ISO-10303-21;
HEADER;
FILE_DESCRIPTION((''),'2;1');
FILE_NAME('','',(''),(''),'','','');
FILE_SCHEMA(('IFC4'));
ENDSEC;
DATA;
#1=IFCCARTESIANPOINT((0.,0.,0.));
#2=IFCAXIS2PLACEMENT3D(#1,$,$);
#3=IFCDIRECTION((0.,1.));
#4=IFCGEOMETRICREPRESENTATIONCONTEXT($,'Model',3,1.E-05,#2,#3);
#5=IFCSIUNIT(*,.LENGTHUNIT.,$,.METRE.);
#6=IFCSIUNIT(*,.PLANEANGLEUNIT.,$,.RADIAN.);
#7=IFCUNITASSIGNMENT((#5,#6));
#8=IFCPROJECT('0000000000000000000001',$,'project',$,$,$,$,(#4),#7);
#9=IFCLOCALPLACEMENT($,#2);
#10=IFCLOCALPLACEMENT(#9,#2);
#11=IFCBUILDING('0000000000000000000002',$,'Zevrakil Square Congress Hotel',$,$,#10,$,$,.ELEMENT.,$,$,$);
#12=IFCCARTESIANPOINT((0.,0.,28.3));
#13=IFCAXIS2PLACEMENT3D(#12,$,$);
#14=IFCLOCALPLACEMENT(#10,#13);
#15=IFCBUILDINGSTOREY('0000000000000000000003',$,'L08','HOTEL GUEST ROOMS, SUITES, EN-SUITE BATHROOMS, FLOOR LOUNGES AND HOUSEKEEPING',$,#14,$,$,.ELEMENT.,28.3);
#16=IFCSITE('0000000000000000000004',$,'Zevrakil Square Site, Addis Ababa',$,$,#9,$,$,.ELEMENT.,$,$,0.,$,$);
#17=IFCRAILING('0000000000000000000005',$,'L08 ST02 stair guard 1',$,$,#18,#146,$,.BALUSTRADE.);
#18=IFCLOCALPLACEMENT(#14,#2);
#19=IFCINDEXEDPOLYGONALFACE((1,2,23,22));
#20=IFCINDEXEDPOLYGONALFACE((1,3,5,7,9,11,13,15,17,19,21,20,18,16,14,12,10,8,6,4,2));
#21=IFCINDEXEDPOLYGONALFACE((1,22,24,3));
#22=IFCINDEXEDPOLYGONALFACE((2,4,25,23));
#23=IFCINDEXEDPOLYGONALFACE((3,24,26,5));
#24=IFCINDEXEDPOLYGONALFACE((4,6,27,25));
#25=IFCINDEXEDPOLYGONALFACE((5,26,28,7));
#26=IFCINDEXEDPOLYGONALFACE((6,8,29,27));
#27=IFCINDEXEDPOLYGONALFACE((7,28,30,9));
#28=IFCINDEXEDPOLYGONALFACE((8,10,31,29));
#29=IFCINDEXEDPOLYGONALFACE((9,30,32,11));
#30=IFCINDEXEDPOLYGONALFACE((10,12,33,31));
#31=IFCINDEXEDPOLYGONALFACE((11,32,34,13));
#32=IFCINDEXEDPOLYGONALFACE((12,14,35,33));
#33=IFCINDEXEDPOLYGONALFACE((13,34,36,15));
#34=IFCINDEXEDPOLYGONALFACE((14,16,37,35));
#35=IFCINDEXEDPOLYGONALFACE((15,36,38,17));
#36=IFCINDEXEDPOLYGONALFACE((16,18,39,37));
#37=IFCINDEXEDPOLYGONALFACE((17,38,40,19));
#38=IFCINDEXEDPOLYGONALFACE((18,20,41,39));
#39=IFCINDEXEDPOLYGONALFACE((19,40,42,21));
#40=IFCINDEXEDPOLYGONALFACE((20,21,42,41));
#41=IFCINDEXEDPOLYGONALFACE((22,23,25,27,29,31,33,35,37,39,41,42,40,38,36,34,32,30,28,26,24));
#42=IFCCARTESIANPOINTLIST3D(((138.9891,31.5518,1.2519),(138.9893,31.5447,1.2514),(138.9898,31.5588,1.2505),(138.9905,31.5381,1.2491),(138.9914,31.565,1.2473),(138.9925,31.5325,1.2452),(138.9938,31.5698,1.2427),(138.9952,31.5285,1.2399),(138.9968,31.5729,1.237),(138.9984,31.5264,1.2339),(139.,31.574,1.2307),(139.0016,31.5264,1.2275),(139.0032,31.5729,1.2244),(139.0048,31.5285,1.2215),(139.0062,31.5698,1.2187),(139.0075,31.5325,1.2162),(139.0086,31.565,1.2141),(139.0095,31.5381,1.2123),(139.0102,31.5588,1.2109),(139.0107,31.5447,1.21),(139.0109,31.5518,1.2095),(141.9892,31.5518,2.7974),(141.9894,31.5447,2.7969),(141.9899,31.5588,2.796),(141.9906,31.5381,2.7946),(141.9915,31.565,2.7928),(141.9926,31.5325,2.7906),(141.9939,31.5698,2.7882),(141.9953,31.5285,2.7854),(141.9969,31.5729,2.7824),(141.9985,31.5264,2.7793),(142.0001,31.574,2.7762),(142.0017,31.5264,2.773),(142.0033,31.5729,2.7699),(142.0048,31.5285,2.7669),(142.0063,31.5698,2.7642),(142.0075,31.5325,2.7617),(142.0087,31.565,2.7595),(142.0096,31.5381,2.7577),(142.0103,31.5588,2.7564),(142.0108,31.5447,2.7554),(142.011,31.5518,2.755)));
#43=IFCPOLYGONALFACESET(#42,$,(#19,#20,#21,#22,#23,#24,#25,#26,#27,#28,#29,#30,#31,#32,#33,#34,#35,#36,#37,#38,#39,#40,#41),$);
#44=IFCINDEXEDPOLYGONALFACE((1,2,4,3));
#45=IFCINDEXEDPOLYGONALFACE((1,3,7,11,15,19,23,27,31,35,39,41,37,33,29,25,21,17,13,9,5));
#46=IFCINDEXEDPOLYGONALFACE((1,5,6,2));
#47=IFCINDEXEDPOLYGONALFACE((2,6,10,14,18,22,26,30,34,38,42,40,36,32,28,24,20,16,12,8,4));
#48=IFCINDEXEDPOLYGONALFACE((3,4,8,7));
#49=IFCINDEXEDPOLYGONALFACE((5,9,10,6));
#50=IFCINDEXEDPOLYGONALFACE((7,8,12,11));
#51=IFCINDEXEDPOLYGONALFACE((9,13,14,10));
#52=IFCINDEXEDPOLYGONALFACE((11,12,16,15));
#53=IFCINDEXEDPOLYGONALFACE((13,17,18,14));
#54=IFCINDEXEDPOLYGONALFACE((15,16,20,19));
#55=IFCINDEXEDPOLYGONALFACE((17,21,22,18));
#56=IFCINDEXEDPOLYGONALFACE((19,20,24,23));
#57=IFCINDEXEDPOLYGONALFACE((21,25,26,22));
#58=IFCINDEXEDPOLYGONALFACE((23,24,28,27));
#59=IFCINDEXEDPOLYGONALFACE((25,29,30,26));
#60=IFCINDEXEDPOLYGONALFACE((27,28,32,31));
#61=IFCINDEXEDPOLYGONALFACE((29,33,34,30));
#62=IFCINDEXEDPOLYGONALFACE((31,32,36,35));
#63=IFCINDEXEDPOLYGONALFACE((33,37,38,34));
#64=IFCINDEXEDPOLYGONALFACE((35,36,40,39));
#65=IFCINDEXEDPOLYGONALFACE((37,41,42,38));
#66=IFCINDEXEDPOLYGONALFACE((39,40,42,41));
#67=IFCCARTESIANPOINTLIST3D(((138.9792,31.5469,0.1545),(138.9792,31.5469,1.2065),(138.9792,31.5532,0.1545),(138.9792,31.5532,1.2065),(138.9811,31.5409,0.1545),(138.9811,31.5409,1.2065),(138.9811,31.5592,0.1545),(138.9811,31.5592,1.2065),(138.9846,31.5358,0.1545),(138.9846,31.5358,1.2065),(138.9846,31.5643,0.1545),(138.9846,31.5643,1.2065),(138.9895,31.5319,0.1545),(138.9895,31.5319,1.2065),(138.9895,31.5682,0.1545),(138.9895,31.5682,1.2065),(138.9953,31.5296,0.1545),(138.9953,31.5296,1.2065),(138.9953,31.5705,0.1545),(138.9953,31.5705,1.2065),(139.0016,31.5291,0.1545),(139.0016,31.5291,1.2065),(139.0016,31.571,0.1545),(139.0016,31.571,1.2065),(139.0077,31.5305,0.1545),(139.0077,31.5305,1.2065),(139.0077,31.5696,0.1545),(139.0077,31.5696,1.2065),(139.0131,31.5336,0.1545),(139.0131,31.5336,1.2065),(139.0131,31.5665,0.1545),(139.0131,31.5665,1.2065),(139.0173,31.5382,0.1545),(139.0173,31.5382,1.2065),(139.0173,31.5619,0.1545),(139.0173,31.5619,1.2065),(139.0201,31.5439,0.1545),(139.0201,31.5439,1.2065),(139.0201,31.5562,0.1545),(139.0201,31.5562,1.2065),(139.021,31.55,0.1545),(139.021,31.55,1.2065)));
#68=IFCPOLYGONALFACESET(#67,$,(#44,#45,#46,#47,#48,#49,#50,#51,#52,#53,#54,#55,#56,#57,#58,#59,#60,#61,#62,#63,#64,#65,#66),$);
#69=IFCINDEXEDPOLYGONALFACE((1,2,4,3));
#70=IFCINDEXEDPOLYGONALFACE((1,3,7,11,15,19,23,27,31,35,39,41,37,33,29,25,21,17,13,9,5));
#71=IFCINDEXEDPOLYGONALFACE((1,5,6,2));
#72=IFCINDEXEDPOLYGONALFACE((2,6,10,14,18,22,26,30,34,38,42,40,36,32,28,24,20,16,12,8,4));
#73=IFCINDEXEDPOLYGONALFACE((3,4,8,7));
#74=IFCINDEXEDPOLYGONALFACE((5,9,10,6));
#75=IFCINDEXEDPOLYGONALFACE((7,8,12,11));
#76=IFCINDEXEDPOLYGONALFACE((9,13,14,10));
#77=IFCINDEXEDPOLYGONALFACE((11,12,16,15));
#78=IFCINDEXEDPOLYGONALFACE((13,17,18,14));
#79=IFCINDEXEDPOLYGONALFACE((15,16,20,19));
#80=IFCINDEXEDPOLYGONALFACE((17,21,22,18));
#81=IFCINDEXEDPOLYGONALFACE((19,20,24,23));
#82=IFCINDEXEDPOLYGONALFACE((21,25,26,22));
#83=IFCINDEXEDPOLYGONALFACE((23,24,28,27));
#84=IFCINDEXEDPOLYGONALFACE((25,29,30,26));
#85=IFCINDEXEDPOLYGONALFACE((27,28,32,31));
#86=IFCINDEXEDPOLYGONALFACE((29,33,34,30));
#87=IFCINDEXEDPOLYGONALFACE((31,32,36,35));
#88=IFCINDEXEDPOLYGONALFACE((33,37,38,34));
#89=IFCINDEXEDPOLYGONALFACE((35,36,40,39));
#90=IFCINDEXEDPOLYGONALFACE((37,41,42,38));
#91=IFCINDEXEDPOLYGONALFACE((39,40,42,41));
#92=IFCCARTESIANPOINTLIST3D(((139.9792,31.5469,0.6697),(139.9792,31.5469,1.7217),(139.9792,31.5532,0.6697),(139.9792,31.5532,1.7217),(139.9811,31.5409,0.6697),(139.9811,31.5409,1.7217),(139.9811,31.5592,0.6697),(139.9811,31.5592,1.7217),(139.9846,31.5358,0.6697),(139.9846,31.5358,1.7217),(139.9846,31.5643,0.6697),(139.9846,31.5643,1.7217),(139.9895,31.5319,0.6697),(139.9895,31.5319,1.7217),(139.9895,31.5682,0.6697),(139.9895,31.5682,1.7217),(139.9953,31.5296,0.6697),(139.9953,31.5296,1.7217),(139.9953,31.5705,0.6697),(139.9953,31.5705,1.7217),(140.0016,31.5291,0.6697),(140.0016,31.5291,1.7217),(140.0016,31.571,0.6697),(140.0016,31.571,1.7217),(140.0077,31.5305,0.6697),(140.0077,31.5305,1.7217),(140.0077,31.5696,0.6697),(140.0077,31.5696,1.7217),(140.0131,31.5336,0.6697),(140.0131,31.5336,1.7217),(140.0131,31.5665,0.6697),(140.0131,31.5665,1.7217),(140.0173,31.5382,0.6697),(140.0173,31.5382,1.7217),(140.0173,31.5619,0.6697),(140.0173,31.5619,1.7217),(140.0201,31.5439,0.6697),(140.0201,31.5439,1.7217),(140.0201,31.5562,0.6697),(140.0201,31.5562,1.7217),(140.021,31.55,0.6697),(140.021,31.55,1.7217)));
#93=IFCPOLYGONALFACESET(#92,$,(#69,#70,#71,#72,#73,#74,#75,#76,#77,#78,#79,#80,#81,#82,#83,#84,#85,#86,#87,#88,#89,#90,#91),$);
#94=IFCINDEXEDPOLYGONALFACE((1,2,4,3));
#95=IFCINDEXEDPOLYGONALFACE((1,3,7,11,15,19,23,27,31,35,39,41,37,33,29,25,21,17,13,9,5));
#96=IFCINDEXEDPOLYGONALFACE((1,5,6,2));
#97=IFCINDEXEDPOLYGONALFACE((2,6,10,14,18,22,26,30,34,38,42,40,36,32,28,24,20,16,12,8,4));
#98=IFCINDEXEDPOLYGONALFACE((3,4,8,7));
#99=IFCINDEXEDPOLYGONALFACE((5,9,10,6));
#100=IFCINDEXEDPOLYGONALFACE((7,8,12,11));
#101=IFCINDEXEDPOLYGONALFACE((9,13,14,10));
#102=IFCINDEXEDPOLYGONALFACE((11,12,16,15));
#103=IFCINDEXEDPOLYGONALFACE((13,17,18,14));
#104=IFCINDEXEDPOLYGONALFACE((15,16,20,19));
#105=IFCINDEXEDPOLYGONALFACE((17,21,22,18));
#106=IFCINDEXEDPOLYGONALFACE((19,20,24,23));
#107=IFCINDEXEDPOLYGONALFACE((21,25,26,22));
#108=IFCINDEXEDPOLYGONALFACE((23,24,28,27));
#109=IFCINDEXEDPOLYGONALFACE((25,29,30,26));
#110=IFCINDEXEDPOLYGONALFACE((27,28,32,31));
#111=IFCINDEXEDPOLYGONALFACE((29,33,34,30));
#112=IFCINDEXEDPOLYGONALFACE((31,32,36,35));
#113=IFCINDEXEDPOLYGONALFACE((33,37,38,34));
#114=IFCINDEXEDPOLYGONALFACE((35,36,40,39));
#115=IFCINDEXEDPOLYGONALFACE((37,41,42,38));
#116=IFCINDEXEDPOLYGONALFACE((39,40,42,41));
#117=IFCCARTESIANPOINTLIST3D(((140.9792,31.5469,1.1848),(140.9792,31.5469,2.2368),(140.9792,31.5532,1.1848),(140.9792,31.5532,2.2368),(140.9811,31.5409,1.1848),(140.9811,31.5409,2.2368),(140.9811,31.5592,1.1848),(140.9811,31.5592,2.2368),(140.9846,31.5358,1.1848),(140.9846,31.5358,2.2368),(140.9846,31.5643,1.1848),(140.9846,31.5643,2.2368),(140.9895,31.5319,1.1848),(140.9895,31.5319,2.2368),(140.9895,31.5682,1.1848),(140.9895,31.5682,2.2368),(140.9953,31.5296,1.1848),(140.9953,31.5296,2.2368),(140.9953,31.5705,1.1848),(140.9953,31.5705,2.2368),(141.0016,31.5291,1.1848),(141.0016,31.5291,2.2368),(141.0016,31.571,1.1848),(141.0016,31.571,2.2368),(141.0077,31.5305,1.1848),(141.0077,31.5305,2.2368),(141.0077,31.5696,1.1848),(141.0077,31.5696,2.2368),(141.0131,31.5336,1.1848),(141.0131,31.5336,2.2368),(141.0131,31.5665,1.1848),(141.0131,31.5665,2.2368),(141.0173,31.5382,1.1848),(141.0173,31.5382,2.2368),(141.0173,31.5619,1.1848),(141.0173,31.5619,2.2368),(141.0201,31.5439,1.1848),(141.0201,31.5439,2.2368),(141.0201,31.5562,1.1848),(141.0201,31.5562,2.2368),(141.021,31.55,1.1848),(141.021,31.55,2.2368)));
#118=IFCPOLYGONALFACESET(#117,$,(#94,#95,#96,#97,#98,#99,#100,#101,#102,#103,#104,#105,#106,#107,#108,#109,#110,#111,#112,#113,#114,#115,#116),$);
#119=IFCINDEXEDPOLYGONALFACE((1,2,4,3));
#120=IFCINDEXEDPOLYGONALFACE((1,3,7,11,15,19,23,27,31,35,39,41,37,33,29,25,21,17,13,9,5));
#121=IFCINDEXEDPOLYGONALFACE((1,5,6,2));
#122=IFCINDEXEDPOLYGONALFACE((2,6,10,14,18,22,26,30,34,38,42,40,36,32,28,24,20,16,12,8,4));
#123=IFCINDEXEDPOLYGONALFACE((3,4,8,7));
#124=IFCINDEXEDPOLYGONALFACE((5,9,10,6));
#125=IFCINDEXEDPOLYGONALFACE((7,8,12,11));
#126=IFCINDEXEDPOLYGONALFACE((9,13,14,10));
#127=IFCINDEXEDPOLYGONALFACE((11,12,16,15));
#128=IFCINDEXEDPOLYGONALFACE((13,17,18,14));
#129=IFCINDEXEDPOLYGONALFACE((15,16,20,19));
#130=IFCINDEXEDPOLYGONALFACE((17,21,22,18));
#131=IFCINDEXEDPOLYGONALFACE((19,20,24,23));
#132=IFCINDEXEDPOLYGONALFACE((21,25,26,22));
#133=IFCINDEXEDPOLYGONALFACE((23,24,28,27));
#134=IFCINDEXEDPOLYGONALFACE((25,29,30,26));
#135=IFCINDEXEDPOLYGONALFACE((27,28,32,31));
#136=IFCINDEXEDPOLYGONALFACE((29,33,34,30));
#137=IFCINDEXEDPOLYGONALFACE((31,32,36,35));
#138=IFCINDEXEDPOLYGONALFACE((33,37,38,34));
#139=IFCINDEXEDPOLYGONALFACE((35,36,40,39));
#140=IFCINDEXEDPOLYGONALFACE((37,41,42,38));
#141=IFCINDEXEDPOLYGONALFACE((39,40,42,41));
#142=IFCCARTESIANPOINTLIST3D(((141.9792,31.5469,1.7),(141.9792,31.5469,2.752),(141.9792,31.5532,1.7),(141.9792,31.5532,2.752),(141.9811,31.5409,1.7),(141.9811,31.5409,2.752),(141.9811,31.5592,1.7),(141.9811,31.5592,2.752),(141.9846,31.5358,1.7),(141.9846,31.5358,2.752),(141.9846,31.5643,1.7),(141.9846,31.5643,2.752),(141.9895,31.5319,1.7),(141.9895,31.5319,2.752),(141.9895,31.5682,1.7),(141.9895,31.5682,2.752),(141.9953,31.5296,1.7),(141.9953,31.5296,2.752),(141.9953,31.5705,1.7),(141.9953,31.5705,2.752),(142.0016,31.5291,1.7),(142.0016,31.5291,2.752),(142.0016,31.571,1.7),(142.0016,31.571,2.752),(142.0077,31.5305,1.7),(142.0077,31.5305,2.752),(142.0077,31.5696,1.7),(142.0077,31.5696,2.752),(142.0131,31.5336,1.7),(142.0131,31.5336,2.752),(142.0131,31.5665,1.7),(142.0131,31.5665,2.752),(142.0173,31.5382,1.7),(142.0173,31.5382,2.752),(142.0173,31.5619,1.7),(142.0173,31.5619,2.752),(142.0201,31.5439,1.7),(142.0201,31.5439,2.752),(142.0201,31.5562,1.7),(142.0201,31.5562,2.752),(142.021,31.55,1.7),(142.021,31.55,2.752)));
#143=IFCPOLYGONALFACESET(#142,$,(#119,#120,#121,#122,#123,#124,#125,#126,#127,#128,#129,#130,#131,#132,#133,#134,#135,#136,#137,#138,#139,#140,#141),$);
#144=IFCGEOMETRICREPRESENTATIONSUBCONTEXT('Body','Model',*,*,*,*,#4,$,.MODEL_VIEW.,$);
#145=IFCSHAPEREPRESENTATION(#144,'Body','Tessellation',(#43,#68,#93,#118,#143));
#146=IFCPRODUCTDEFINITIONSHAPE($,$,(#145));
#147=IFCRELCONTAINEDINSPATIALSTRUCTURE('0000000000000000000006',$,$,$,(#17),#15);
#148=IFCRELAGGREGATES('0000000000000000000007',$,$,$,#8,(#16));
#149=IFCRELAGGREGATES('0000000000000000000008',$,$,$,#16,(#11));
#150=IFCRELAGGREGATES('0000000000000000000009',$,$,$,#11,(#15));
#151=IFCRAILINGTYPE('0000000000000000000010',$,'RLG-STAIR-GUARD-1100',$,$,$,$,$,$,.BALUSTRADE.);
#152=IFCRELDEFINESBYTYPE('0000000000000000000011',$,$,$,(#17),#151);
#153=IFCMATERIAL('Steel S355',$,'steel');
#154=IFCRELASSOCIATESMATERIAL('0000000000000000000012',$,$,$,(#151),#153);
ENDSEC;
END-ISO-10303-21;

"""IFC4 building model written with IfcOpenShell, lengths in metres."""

from ifc_helpers import new_model, si_unit, direction, frame, origin, origin_2d, place, context, subcontext, project, spatial, circle, extrude, material, type_object, element, save


model = new_model("IFC4")

# Units and contexts
model_context = context("Model", 3, precision=1e-05, world=origin(), true_north=direction((0.0, 1.0)))
body_context = subcontext(model_context, "Body", "Model", "MODEL_VIEW")
ifc_project = project(units=[si_unit("LENGTHUNIT", "METRE"), si_unit("PLANEANGLEUNIT", "RADIAN")], contexts=[model_context])

# Site, building, storey
site_placement = place(None, origin())
site = spatial("IfcSite", under=ifc_project, at=site_placement, Name="Zevrakil Square Site, Addis Ababa", CompositionType="ELEMENT", RefElevation=0.0)
building_placement = place(site_placement, origin())
building = spatial("IfcBuilding", under=site, at=building_placement, Name="Zevrakil Square Congress Hotel", CompositionType="ELEMENT")
storey_placement = place(building_placement, frame((0.0, 0.0, 28.3)))
storey = spatial("IfcBuildingStorey", under=building, at=storey_placement, Name="L08", Description="HOTEL GUEST ROOMS, SUITES, EN-SUITE BATHROOMS, FLOOR LOUNGES AND HOUSEKEEPING", CompositionType="ELEMENT", Elevation=28.3)

# Railing
ifc_material_1 = material(Name="Steel S355", Category="steel")
railing_type_1 = type_object("IfcRailingType", Name="RLG-STAIR-GUARD-1100", PredefinedType="BALUSTRADE", material=ifc_material_1)
railing_1_placement = place(storey_placement, frame((139.0, 31.55, 0.1545)))
element("IfcRailing", 1, at=railing_1_placement, inside=storey, type_object=railing_type_1, Name="L08 ST02 stair guard 1", PredefinedType="BALUSTRADE", context=body_context, shape_type="SweptSolid", body=[
    extrude(circle(Radius=0.0239, at=origin_2d()), frame((0.0, 0.0, 1.0762), z_axis=(0.88898, 0.0, 0.457946), x_axis=(0.0, 1.0, 0.0)), (0.0, 0.0, 1.0), 3.3748),
    extrude(circle(Radius=0.021, at=origin_2d()), origin(), (0.0, 0.0, 1.0), 1.052),
    extrude(circle(Radius=0.021, at=origin_2d()), frame((1.0, 0.0, 0.5151)), (0.0, 0.0, 1.0), 1.052),
    extrude(circle(Radius=0.021, at=origin_2d()), frame((2.0, 0.0, 1.0303)), (0.0, 0.0, 1.0), 1.052),
    extrude(circle(Radius=0.021, at=origin_2d()), frame((3.0, 0.0, 1.5454)), (0.0, 0.0, 1.0), 1.052),
])

save(model, "model.ifc")
